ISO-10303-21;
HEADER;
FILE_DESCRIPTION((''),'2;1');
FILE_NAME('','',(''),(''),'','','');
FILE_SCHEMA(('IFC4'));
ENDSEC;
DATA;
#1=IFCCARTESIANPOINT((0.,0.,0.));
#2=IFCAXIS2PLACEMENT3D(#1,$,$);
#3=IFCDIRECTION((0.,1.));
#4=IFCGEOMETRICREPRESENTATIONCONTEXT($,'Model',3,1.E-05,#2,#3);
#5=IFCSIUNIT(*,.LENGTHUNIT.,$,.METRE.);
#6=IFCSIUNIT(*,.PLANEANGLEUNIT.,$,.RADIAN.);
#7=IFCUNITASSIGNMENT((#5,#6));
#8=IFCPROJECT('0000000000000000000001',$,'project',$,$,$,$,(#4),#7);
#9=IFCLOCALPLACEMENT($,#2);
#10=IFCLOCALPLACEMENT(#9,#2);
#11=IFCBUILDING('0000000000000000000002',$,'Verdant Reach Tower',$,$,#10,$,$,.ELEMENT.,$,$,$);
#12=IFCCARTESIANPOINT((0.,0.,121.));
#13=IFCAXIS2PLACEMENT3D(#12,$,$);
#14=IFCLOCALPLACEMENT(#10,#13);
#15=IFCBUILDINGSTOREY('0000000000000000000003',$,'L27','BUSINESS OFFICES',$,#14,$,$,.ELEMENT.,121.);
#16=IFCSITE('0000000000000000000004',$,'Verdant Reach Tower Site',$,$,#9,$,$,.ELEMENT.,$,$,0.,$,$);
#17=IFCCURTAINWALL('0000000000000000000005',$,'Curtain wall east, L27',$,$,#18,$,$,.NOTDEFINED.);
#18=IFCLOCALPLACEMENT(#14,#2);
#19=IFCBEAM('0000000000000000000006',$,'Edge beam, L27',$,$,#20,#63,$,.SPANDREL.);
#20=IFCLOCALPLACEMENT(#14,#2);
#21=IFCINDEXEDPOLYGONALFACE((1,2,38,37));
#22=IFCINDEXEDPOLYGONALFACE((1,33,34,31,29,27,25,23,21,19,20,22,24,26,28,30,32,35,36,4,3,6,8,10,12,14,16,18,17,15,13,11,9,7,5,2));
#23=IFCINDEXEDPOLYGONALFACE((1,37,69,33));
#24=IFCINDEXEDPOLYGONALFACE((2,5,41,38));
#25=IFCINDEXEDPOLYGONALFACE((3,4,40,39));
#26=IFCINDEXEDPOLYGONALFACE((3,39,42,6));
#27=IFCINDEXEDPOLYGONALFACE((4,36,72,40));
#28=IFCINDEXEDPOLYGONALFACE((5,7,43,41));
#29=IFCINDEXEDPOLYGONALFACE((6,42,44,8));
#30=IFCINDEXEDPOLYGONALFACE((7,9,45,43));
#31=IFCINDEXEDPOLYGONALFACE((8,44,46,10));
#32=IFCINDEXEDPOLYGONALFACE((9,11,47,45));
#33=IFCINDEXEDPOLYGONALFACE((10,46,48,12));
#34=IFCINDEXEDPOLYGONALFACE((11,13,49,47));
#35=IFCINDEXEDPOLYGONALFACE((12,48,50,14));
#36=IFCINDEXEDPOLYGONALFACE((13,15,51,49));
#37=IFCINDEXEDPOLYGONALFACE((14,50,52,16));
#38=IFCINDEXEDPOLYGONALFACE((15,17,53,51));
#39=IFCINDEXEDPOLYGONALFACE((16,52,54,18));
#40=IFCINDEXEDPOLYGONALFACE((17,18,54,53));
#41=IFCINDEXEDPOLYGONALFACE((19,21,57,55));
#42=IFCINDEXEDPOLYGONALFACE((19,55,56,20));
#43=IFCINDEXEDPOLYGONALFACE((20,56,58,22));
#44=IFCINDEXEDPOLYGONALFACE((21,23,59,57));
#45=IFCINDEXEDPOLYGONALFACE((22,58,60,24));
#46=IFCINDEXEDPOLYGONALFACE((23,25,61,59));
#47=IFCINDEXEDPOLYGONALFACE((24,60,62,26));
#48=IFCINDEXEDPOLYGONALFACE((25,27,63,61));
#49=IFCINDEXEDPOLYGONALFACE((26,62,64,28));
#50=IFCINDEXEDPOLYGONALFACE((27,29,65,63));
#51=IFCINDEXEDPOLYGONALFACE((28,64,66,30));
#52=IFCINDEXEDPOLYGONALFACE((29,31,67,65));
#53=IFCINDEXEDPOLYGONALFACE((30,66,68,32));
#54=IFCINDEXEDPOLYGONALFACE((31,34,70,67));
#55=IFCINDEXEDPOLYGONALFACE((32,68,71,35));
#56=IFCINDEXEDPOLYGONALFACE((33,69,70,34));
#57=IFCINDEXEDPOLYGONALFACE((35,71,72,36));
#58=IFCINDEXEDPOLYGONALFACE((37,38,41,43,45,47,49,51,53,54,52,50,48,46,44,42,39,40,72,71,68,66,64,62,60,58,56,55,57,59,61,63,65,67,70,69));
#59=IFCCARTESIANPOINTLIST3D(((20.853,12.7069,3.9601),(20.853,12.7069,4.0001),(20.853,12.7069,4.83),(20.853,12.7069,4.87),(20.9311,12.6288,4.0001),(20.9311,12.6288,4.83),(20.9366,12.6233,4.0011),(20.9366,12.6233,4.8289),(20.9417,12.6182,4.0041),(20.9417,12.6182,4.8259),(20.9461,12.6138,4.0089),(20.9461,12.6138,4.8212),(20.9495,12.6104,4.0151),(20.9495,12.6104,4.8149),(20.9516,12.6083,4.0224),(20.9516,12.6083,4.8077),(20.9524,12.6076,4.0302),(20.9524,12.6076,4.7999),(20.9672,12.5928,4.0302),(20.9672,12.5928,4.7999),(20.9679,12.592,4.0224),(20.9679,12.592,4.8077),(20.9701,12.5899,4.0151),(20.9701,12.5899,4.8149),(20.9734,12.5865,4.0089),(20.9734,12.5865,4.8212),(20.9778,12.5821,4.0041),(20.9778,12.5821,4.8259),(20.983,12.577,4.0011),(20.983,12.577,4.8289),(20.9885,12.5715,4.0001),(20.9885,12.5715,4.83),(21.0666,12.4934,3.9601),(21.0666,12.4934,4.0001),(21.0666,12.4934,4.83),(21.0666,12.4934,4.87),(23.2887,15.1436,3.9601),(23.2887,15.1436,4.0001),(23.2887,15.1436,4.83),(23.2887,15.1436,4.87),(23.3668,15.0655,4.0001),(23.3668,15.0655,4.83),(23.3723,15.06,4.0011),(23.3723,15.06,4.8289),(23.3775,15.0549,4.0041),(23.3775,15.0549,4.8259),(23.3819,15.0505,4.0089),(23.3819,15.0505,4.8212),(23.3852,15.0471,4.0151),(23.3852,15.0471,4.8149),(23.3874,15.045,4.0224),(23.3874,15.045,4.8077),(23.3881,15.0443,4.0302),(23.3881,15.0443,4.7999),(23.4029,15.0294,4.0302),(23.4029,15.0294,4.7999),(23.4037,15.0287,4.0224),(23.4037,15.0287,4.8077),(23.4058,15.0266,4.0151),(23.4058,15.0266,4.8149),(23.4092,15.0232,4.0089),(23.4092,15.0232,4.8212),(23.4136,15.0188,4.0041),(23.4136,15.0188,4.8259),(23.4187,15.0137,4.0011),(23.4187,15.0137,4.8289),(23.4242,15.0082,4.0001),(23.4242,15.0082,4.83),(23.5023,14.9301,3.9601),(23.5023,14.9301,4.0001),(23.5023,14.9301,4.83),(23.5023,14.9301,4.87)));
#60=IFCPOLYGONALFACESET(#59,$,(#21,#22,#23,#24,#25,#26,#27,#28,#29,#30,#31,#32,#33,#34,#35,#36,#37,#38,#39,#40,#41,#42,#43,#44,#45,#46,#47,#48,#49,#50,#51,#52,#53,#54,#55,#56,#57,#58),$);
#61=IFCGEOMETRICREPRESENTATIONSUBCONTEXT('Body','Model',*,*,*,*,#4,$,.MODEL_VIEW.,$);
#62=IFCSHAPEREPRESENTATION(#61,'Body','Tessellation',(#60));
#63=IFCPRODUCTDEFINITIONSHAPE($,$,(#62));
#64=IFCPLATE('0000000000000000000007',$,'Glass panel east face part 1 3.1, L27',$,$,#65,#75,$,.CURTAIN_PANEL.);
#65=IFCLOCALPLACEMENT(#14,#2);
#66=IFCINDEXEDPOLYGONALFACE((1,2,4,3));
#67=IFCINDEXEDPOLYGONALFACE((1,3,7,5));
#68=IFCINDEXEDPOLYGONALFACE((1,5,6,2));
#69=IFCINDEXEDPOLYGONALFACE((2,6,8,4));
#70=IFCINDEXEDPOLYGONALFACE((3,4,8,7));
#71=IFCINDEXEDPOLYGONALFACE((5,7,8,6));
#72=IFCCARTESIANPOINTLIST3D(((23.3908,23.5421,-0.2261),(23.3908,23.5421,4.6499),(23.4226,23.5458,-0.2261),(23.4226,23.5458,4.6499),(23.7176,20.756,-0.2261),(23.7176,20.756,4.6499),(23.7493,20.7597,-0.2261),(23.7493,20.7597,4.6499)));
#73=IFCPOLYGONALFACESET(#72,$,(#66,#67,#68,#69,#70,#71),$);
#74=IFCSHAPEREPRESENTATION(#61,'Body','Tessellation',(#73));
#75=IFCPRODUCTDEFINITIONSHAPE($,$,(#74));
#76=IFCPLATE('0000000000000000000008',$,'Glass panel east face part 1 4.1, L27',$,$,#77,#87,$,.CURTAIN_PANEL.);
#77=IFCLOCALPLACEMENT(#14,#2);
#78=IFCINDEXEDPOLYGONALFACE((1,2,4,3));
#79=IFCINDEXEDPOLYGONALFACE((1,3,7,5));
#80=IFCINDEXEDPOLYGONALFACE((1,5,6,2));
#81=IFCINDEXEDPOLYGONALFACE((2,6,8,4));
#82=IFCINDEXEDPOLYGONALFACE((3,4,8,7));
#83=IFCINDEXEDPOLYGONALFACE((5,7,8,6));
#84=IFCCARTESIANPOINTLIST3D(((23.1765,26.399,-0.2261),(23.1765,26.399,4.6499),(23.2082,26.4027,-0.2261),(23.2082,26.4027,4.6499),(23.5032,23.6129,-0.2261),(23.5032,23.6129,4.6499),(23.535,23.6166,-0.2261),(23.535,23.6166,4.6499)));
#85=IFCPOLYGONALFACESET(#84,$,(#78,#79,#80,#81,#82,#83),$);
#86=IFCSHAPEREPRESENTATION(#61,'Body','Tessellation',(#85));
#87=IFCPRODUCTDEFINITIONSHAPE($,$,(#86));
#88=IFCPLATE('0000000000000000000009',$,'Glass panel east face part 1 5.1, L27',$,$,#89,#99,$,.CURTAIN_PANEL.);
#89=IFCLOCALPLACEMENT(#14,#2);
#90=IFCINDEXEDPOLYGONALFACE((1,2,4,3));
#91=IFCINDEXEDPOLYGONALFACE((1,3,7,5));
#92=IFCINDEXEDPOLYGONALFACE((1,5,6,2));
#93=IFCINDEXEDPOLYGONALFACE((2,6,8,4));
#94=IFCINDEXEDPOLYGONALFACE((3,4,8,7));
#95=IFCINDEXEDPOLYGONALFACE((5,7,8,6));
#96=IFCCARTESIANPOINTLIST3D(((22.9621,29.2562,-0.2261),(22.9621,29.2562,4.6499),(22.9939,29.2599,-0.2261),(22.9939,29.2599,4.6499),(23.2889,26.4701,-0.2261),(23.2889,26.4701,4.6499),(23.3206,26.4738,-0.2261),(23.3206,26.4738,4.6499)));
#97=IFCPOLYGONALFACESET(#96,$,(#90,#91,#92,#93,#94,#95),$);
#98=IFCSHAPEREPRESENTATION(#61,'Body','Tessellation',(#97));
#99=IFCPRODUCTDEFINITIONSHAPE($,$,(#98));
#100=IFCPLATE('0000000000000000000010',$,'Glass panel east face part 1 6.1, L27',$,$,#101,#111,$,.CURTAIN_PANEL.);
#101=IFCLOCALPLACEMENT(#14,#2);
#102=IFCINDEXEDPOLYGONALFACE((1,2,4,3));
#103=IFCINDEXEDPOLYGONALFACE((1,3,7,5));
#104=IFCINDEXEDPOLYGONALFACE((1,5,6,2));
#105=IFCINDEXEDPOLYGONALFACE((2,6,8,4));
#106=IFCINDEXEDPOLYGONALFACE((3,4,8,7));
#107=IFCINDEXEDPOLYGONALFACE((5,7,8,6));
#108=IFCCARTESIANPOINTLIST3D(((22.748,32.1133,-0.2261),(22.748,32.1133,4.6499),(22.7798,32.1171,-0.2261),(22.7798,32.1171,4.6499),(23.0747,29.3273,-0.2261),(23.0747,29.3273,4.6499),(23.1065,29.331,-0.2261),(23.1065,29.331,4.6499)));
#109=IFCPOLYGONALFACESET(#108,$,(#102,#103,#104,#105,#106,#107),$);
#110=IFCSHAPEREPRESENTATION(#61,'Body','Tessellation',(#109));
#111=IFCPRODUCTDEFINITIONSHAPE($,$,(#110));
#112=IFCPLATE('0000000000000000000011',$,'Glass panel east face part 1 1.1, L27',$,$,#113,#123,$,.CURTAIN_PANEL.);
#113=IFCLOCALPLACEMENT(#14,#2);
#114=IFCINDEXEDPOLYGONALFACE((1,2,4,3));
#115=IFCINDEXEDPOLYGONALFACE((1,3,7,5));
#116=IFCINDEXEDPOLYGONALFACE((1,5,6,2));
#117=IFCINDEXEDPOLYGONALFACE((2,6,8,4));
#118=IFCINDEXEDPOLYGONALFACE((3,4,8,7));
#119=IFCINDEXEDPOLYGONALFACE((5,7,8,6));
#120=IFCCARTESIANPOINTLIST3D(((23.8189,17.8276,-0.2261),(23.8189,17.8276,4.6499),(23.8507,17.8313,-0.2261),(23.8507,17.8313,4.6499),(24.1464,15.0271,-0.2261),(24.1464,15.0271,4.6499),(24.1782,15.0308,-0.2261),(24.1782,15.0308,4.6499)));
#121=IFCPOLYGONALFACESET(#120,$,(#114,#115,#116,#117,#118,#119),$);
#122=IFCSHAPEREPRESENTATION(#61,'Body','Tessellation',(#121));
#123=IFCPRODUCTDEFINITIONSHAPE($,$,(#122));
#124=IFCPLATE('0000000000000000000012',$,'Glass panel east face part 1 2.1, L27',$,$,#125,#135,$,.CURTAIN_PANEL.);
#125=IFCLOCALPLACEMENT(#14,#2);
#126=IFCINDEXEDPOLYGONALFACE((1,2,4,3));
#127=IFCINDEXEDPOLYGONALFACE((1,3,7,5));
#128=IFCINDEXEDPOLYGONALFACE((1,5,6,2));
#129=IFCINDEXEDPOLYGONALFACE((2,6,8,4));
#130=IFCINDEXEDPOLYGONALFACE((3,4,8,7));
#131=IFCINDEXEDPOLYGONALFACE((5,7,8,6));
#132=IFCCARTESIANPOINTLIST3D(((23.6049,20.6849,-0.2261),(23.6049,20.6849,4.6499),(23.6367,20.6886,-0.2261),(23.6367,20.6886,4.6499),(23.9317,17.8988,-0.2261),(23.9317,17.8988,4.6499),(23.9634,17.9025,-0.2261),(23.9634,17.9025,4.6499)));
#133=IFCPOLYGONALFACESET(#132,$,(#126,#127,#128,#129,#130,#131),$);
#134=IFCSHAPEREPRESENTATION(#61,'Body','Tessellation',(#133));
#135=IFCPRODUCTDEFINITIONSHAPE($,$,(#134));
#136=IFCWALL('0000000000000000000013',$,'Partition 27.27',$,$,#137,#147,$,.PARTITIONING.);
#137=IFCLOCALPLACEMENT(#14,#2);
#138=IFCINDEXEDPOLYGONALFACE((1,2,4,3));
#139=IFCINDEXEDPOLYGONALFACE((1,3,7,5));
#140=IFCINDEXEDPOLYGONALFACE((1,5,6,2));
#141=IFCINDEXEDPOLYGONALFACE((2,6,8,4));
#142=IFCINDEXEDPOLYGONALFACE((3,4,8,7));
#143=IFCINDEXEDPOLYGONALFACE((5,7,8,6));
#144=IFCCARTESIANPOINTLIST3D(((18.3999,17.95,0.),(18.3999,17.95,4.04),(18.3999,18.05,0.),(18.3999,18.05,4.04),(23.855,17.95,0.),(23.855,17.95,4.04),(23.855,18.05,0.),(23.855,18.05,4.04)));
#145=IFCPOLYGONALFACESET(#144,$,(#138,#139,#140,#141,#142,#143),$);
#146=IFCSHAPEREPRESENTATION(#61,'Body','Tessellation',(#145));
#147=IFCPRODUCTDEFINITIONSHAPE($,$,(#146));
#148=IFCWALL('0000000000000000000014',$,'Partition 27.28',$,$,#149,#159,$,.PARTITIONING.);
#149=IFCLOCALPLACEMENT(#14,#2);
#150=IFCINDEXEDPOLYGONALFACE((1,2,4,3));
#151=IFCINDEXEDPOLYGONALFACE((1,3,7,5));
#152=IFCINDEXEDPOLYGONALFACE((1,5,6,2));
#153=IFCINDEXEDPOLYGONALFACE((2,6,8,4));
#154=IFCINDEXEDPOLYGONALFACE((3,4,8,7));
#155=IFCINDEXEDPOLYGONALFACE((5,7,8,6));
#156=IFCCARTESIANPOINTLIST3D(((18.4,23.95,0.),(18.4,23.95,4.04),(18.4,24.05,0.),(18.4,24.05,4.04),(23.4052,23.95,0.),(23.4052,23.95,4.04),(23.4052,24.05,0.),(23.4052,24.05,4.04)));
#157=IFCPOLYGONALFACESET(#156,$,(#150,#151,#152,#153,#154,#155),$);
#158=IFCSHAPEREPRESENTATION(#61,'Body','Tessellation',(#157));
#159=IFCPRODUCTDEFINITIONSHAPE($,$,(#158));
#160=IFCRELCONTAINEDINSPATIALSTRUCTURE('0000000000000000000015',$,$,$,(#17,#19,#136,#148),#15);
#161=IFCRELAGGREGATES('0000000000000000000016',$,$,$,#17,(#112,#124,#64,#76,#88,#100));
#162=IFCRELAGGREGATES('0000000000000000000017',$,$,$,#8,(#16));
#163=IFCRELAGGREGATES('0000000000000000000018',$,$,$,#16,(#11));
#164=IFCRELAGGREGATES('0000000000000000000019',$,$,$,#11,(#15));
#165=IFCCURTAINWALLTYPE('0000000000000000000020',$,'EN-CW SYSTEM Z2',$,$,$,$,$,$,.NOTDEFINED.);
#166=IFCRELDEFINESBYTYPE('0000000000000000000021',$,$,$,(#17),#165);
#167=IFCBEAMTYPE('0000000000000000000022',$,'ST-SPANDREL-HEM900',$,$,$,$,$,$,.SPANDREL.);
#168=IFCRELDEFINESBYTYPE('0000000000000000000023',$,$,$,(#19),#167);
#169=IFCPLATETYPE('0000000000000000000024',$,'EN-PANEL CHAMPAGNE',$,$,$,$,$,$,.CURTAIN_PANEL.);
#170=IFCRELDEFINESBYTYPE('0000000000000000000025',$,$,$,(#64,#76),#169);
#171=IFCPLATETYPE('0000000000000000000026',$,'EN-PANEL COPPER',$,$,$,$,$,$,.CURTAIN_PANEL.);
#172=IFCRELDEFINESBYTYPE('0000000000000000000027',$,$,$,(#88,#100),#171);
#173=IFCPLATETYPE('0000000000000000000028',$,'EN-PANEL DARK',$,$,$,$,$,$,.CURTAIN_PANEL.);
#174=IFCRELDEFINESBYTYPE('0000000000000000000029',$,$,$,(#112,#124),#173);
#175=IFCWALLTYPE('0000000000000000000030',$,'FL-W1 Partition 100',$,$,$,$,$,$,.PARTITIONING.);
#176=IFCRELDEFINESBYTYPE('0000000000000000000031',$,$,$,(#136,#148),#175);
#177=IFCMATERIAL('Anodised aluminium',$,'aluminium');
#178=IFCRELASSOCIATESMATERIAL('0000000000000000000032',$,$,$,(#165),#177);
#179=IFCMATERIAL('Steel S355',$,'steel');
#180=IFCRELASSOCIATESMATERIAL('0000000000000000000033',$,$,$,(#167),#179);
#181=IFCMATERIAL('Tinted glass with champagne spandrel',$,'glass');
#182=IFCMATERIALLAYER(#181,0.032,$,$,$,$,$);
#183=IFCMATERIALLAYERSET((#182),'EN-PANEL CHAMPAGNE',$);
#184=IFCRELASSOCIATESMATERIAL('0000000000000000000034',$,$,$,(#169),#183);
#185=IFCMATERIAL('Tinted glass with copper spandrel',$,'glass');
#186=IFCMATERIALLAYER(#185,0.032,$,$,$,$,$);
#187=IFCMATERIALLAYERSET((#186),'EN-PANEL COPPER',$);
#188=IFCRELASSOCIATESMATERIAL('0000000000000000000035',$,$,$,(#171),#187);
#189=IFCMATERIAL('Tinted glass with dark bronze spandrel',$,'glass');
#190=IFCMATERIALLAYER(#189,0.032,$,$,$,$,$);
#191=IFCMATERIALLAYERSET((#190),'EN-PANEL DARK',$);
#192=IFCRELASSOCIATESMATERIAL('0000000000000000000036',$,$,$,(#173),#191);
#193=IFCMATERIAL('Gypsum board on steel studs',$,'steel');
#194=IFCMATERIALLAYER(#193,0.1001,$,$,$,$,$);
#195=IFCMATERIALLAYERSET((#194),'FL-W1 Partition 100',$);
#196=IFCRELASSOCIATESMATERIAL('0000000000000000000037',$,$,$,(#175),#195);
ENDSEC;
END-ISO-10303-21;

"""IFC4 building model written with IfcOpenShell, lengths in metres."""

from ifc_helpers import new_model, si_unit, direction, frame, frame_2d, origin, origin_2d, place, context, subcontext, project, spatial, rectangle, i_section, extrude, material, layer, layer_set, material_profile, profile_set, type_object, element, aggregate, save


model = new_model("IFC4")

# Units and contexts
model_context = context("Model", 3, precision=1e-05, world=origin(), true_north=direction((0.0, 1.0)))
body_context = subcontext(model_context, "Body", "Model", "MODEL_VIEW")
ifc_project = project(units=[si_unit("LENGTHUNIT", "METRE"), si_unit("PLANEANGLEUNIT", "RADIAN")], contexts=[model_context])

# Site, building, storey
site_placement = place(None, origin())
site = spatial("IfcSite", under=ifc_project, at=site_placement, Name="Verdant Reach Tower Site", CompositionType="ELEMENT", RefElevation=0.0)
building_placement = place(site_placement, origin())
building = spatial("IfcBuilding", under=site, at=building_placement, Name="Verdant Reach Tower", CompositionType="ELEMENT")
storey_placement = place(building_placement, frame((0.0, 0.0, 121.0)))
storey = spatial("IfcBuildingStorey", under=building, at=storey_placement, Name="L27", Description="BUSINESS OFFICES", CompositionType="ELEMENT", Elevation=121.0)

# Curtain wall
ifc_material_1 = material(Name="Anodised aluminium", Category="aluminium")
curtain_wall_type = type_object("IfcCurtainWallType", Name="EN-CW SYSTEM Z2", PredefinedType="NOTDEFINED", material=ifc_material_1)
curtain_wall_placement = place(storey_placement, origin())
curtain_wall = element("IfcCurtainWall", 1, at=curtain_wall_placement, inside=storey, type_object=curtain_wall_type, Name="Curtain wall east, L27", PredefinedType="NOTDEFINED")

# Beam
ifc_material_2 = material(Name="Steel S355", Category="steel")
ifc_material_profile_1 = material_profile(ifc_material_2, i_section(OverallWidth=0.302, OverallDepth=0.9099, WebThickness=0.021, FlangeThickness=0.04, FilletRadius=0.03, at=origin_2d()), Name="HEM 900")
ifc_profile_set_1 = profile_set([ifc_material_profile_1], Name="Steel S355")
beam_type_1 = type_object("IfcBeamType", Name="ST-SPANDREL-HEM900", PredefinedType="SPANDREL", material=ifc_profile_set_1)
beam_1_placement = place(storey_placement, frame((23.3955, 15.0369, 4.415), z_axis=(-0.706965, -0.707248, 0.0), x_axis=(0.707248, -0.706965, 0.0)))
element("IfcBeam", 2, at=beam_1_placement, inside=storey, type_object=beam_type_1, Name="Edge beam, L27", PredefinedType="SPANDREL", context=body_context, shape_type="SweptSolid", body=[
    extrude(i_section(OverallWidth=0.302, OverallDepth=0.9099, WebThickness=0.021, FlangeThickness=0.04, FilletRadius=0.03, at=origin_2d()), origin(), (0.0, 0.0, 1.0), 3.4453),
])

# Plates
ifc_material_3 = material(Name="Tinted glass with champagne spandrel", Category="glass")
ifc_layer_1 = layer(ifc_material_3, 0.032)
ifc_layer_set_1 = layer_set([ifc_layer_1], Name="EN-PANEL CHAMPAGNE")
plate_type_1 = type_object("IfcPlateType", Name="EN-PANEL CHAMPAGNE", PredefinedType="CURTAIN_PANEL", material=ifc_layer_set_1)
plate_1_placement = place(storey_placement, frame((23.5701, 22.1509, -0.2261), z_axis=(0.0, 0.0, 1.0), x_axis=(-0.116483, 0.993193, 0.0)))
plate_1 = element("IfcPlate", 3, at=plate_1_placement, type_object=plate_type_1, Name="Glass panel east face part 1 3.1, L27", PredefinedType="CURTAIN_PANEL", context=body_context, shape_type="SweptSolid", body=[
    extrude(rectangle(XDim=2.8052, YDim=0.032, at=origin_2d()), origin(), (0.0, 0.0, 1.0), 4.876),
])
plate_2_placement = place(storey_placement, frame((23.3557, 25.0078, -0.2261), z_axis=(0.0, 0.0, 1.0), x_axis=(-0.116483, 0.993193, 0.0)))
plate_2 = element("IfcPlate", 4, at=plate_2_placement, type_object=plate_type_1, Name="Glass panel east face part 1 4.1, L27", PredefinedType="CURTAIN_PANEL", context=body_context, shape_type="SweptSolid", body=[
    extrude(rectangle(XDim=2.8052, YDim=0.032, at=origin_2d()), origin(), (0.0, 0.0, 1.0), 4.876),
])
ifc_material_4 = material(Name="Tinted glass with copper spandrel", Category="glass")
ifc_layer_2 = layer(ifc_material_4, 0.032)
ifc_layer_set_2 = layer_set([ifc_layer_2], Name="EN-PANEL COPPER")
plate_type_2 = type_object("IfcPlateType", Name="EN-PANEL COPPER", PredefinedType="CURTAIN_PANEL", material=ifc_layer_set_2)
plate_3_placement = place(storey_placement, frame((23.1414, 27.865, -0.2261), z_axis=(0.0, 0.0, 1.0), x_axis=(-0.116483, 0.993193, 0.0)))
plate_3 = element("IfcPlate", 5, at=plate_3_placement, type_object=plate_type_2, Name="Glass panel east face part 1 5.1, L27", PredefinedType="CURTAIN_PANEL", context=body_context, shape_type="SweptSolid", body=[
    extrude(rectangle(XDim=2.8052, YDim=0.032, at=origin_2d()), origin(), (0.0, 0.0, 1.0), 4.876),
])
plate_4_placement = place(storey_placement, frame((22.9272, 30.7222, -0.2261), z_axis=(0.0, 0.0, 1.0), x_axis=(-0.116483, 0.993193, 0.0)))
plate_4 = element("IfcPlate", 6, at=plate_4_placement, type_object=plate_type_2, Name="Glass panel east face part 1 6.1, L27", PredefinedType="CURTAIN_PANEL", context=body_context, shape_type="SweptSolid", body=[
    extrude(rectangle(XDim=2.8052, YDim=0.032, at=origin_2d()), origin(), (0.0, 0.0, 1.0), 4.876),
])
ifc_material_5 = material(Name="Tinted glass with dark bronze spandrel", Category="glass")
ifc_layer_3 = layer(ifc_material_5, 0.032)
ifc_layer_set_3 = layer_set([ifc_layer_3], Name="EN-PANEL DARK")
plate_type_3 = type_object("IfcPlateType", Name="EN-PANEL DARK", PredefinedType="CURTAIN_PANEL", material=ifc_layer_set_3)
plate_5_placement = place(storey_placement, frame((23.9985, 16.4292, -0.2261), z_axis=(0.0, 0.0, 1.0), x_axis=(-0.116147, 0.993232, 0.0)))
plate_5 = element("IfcPlate", 7, at=plate_5_placement, type_object=plate_type_3, Name="Glass panel east face part 1 1.1, L27", PredefinedType="CURTAIN_PANEL", context=body_context, shape_type="SweptSolid", body=[
    extrude(rectangle(XDim=2.8196, YDim=0.032, at=origin_2d()), origin(), (0.0, 0.0, 1.0), 4.876),
])
plate_6_placement = place(storey_placement, frame((23.7842, 19.2937, -0.2261), z_axis=(0.0, 0.0, 1.0), x_axis=(-0.116483, 0.993193, 0.0)))
plate_6 = element("IfcPlate", 8, at=plate_6_placement, type_object=plate_type_3, Name="Glass panel east face part 1 2.1, L27", PredefinedType="CURTAIN_PANEL", context=body_context, shape_type="SweptSolid", body=[
    extrude(rectangle(XDim=2.8052, YDim=0.032, at=origin_2d()), origin(), (0.0, 0.0, 1.0), 4.876),
])
aggregate(curtain_wall, [plate_5, plate_6, plate_1, plate_2, plate_3, plate_4])

# Walls
ifc_material_6 = material(Name="Gypsum board on steel studs", Category="steel")
ifc_layer_4 = layer(ifc_material_6, 0.1001)
ifc_layer_set_4 = layer_set([ifc_layer_4], Name="FL-W1 Partition 100")
wall_type_1 = type_object("IfcWallType", Name="FL-W1 Partition 100", PredefinedType="PARTITIONING", material=ifc_layer_set_4)
wall_1_placement = place(storey_placement, frame((23.855, 18.0, 0.0), z_axis=(0.0, 0.0, 1.0), x_axis=(-1.0, 0.0, 0.0)))
element("IfcWall", 9, at=wall_1_placement, inside=storey, type_object=wall_type_1, Name="Partition 27.27", PredefinedType="PARTITIONING", context=body_context, shape_type="SweptSolid", body=[
    extrude(rectangle(XDim=5.4551, YDim=0.1001, at=frame_2d((2.7275, 0.0))), origin(), (0.0, 0.0, 1.0), 4.04),
])
wall_2_placement = place(storey_placement, frame((23.405, 24.0, 0.0), z_axis=(0.0, 0.0, 1.0), x_axis=(-1.0, 0.0, 0.0)))
element("IfcWall", 10, at=wall_2_placement, inside=storey, type_object=wall_type_1, Name="Partition 27.28", PredefinedType="PARTITIONING", context=body_context, shape_type="SweptSolid", body=[
    extrude(rectangle(XDim=5.0051, YDim=0.1001, at=frame_2d((2.5024, 0.0))), origin(), (0.0, 0.0, 1.0), 4.04),
])

save(model, "model.ifc")
